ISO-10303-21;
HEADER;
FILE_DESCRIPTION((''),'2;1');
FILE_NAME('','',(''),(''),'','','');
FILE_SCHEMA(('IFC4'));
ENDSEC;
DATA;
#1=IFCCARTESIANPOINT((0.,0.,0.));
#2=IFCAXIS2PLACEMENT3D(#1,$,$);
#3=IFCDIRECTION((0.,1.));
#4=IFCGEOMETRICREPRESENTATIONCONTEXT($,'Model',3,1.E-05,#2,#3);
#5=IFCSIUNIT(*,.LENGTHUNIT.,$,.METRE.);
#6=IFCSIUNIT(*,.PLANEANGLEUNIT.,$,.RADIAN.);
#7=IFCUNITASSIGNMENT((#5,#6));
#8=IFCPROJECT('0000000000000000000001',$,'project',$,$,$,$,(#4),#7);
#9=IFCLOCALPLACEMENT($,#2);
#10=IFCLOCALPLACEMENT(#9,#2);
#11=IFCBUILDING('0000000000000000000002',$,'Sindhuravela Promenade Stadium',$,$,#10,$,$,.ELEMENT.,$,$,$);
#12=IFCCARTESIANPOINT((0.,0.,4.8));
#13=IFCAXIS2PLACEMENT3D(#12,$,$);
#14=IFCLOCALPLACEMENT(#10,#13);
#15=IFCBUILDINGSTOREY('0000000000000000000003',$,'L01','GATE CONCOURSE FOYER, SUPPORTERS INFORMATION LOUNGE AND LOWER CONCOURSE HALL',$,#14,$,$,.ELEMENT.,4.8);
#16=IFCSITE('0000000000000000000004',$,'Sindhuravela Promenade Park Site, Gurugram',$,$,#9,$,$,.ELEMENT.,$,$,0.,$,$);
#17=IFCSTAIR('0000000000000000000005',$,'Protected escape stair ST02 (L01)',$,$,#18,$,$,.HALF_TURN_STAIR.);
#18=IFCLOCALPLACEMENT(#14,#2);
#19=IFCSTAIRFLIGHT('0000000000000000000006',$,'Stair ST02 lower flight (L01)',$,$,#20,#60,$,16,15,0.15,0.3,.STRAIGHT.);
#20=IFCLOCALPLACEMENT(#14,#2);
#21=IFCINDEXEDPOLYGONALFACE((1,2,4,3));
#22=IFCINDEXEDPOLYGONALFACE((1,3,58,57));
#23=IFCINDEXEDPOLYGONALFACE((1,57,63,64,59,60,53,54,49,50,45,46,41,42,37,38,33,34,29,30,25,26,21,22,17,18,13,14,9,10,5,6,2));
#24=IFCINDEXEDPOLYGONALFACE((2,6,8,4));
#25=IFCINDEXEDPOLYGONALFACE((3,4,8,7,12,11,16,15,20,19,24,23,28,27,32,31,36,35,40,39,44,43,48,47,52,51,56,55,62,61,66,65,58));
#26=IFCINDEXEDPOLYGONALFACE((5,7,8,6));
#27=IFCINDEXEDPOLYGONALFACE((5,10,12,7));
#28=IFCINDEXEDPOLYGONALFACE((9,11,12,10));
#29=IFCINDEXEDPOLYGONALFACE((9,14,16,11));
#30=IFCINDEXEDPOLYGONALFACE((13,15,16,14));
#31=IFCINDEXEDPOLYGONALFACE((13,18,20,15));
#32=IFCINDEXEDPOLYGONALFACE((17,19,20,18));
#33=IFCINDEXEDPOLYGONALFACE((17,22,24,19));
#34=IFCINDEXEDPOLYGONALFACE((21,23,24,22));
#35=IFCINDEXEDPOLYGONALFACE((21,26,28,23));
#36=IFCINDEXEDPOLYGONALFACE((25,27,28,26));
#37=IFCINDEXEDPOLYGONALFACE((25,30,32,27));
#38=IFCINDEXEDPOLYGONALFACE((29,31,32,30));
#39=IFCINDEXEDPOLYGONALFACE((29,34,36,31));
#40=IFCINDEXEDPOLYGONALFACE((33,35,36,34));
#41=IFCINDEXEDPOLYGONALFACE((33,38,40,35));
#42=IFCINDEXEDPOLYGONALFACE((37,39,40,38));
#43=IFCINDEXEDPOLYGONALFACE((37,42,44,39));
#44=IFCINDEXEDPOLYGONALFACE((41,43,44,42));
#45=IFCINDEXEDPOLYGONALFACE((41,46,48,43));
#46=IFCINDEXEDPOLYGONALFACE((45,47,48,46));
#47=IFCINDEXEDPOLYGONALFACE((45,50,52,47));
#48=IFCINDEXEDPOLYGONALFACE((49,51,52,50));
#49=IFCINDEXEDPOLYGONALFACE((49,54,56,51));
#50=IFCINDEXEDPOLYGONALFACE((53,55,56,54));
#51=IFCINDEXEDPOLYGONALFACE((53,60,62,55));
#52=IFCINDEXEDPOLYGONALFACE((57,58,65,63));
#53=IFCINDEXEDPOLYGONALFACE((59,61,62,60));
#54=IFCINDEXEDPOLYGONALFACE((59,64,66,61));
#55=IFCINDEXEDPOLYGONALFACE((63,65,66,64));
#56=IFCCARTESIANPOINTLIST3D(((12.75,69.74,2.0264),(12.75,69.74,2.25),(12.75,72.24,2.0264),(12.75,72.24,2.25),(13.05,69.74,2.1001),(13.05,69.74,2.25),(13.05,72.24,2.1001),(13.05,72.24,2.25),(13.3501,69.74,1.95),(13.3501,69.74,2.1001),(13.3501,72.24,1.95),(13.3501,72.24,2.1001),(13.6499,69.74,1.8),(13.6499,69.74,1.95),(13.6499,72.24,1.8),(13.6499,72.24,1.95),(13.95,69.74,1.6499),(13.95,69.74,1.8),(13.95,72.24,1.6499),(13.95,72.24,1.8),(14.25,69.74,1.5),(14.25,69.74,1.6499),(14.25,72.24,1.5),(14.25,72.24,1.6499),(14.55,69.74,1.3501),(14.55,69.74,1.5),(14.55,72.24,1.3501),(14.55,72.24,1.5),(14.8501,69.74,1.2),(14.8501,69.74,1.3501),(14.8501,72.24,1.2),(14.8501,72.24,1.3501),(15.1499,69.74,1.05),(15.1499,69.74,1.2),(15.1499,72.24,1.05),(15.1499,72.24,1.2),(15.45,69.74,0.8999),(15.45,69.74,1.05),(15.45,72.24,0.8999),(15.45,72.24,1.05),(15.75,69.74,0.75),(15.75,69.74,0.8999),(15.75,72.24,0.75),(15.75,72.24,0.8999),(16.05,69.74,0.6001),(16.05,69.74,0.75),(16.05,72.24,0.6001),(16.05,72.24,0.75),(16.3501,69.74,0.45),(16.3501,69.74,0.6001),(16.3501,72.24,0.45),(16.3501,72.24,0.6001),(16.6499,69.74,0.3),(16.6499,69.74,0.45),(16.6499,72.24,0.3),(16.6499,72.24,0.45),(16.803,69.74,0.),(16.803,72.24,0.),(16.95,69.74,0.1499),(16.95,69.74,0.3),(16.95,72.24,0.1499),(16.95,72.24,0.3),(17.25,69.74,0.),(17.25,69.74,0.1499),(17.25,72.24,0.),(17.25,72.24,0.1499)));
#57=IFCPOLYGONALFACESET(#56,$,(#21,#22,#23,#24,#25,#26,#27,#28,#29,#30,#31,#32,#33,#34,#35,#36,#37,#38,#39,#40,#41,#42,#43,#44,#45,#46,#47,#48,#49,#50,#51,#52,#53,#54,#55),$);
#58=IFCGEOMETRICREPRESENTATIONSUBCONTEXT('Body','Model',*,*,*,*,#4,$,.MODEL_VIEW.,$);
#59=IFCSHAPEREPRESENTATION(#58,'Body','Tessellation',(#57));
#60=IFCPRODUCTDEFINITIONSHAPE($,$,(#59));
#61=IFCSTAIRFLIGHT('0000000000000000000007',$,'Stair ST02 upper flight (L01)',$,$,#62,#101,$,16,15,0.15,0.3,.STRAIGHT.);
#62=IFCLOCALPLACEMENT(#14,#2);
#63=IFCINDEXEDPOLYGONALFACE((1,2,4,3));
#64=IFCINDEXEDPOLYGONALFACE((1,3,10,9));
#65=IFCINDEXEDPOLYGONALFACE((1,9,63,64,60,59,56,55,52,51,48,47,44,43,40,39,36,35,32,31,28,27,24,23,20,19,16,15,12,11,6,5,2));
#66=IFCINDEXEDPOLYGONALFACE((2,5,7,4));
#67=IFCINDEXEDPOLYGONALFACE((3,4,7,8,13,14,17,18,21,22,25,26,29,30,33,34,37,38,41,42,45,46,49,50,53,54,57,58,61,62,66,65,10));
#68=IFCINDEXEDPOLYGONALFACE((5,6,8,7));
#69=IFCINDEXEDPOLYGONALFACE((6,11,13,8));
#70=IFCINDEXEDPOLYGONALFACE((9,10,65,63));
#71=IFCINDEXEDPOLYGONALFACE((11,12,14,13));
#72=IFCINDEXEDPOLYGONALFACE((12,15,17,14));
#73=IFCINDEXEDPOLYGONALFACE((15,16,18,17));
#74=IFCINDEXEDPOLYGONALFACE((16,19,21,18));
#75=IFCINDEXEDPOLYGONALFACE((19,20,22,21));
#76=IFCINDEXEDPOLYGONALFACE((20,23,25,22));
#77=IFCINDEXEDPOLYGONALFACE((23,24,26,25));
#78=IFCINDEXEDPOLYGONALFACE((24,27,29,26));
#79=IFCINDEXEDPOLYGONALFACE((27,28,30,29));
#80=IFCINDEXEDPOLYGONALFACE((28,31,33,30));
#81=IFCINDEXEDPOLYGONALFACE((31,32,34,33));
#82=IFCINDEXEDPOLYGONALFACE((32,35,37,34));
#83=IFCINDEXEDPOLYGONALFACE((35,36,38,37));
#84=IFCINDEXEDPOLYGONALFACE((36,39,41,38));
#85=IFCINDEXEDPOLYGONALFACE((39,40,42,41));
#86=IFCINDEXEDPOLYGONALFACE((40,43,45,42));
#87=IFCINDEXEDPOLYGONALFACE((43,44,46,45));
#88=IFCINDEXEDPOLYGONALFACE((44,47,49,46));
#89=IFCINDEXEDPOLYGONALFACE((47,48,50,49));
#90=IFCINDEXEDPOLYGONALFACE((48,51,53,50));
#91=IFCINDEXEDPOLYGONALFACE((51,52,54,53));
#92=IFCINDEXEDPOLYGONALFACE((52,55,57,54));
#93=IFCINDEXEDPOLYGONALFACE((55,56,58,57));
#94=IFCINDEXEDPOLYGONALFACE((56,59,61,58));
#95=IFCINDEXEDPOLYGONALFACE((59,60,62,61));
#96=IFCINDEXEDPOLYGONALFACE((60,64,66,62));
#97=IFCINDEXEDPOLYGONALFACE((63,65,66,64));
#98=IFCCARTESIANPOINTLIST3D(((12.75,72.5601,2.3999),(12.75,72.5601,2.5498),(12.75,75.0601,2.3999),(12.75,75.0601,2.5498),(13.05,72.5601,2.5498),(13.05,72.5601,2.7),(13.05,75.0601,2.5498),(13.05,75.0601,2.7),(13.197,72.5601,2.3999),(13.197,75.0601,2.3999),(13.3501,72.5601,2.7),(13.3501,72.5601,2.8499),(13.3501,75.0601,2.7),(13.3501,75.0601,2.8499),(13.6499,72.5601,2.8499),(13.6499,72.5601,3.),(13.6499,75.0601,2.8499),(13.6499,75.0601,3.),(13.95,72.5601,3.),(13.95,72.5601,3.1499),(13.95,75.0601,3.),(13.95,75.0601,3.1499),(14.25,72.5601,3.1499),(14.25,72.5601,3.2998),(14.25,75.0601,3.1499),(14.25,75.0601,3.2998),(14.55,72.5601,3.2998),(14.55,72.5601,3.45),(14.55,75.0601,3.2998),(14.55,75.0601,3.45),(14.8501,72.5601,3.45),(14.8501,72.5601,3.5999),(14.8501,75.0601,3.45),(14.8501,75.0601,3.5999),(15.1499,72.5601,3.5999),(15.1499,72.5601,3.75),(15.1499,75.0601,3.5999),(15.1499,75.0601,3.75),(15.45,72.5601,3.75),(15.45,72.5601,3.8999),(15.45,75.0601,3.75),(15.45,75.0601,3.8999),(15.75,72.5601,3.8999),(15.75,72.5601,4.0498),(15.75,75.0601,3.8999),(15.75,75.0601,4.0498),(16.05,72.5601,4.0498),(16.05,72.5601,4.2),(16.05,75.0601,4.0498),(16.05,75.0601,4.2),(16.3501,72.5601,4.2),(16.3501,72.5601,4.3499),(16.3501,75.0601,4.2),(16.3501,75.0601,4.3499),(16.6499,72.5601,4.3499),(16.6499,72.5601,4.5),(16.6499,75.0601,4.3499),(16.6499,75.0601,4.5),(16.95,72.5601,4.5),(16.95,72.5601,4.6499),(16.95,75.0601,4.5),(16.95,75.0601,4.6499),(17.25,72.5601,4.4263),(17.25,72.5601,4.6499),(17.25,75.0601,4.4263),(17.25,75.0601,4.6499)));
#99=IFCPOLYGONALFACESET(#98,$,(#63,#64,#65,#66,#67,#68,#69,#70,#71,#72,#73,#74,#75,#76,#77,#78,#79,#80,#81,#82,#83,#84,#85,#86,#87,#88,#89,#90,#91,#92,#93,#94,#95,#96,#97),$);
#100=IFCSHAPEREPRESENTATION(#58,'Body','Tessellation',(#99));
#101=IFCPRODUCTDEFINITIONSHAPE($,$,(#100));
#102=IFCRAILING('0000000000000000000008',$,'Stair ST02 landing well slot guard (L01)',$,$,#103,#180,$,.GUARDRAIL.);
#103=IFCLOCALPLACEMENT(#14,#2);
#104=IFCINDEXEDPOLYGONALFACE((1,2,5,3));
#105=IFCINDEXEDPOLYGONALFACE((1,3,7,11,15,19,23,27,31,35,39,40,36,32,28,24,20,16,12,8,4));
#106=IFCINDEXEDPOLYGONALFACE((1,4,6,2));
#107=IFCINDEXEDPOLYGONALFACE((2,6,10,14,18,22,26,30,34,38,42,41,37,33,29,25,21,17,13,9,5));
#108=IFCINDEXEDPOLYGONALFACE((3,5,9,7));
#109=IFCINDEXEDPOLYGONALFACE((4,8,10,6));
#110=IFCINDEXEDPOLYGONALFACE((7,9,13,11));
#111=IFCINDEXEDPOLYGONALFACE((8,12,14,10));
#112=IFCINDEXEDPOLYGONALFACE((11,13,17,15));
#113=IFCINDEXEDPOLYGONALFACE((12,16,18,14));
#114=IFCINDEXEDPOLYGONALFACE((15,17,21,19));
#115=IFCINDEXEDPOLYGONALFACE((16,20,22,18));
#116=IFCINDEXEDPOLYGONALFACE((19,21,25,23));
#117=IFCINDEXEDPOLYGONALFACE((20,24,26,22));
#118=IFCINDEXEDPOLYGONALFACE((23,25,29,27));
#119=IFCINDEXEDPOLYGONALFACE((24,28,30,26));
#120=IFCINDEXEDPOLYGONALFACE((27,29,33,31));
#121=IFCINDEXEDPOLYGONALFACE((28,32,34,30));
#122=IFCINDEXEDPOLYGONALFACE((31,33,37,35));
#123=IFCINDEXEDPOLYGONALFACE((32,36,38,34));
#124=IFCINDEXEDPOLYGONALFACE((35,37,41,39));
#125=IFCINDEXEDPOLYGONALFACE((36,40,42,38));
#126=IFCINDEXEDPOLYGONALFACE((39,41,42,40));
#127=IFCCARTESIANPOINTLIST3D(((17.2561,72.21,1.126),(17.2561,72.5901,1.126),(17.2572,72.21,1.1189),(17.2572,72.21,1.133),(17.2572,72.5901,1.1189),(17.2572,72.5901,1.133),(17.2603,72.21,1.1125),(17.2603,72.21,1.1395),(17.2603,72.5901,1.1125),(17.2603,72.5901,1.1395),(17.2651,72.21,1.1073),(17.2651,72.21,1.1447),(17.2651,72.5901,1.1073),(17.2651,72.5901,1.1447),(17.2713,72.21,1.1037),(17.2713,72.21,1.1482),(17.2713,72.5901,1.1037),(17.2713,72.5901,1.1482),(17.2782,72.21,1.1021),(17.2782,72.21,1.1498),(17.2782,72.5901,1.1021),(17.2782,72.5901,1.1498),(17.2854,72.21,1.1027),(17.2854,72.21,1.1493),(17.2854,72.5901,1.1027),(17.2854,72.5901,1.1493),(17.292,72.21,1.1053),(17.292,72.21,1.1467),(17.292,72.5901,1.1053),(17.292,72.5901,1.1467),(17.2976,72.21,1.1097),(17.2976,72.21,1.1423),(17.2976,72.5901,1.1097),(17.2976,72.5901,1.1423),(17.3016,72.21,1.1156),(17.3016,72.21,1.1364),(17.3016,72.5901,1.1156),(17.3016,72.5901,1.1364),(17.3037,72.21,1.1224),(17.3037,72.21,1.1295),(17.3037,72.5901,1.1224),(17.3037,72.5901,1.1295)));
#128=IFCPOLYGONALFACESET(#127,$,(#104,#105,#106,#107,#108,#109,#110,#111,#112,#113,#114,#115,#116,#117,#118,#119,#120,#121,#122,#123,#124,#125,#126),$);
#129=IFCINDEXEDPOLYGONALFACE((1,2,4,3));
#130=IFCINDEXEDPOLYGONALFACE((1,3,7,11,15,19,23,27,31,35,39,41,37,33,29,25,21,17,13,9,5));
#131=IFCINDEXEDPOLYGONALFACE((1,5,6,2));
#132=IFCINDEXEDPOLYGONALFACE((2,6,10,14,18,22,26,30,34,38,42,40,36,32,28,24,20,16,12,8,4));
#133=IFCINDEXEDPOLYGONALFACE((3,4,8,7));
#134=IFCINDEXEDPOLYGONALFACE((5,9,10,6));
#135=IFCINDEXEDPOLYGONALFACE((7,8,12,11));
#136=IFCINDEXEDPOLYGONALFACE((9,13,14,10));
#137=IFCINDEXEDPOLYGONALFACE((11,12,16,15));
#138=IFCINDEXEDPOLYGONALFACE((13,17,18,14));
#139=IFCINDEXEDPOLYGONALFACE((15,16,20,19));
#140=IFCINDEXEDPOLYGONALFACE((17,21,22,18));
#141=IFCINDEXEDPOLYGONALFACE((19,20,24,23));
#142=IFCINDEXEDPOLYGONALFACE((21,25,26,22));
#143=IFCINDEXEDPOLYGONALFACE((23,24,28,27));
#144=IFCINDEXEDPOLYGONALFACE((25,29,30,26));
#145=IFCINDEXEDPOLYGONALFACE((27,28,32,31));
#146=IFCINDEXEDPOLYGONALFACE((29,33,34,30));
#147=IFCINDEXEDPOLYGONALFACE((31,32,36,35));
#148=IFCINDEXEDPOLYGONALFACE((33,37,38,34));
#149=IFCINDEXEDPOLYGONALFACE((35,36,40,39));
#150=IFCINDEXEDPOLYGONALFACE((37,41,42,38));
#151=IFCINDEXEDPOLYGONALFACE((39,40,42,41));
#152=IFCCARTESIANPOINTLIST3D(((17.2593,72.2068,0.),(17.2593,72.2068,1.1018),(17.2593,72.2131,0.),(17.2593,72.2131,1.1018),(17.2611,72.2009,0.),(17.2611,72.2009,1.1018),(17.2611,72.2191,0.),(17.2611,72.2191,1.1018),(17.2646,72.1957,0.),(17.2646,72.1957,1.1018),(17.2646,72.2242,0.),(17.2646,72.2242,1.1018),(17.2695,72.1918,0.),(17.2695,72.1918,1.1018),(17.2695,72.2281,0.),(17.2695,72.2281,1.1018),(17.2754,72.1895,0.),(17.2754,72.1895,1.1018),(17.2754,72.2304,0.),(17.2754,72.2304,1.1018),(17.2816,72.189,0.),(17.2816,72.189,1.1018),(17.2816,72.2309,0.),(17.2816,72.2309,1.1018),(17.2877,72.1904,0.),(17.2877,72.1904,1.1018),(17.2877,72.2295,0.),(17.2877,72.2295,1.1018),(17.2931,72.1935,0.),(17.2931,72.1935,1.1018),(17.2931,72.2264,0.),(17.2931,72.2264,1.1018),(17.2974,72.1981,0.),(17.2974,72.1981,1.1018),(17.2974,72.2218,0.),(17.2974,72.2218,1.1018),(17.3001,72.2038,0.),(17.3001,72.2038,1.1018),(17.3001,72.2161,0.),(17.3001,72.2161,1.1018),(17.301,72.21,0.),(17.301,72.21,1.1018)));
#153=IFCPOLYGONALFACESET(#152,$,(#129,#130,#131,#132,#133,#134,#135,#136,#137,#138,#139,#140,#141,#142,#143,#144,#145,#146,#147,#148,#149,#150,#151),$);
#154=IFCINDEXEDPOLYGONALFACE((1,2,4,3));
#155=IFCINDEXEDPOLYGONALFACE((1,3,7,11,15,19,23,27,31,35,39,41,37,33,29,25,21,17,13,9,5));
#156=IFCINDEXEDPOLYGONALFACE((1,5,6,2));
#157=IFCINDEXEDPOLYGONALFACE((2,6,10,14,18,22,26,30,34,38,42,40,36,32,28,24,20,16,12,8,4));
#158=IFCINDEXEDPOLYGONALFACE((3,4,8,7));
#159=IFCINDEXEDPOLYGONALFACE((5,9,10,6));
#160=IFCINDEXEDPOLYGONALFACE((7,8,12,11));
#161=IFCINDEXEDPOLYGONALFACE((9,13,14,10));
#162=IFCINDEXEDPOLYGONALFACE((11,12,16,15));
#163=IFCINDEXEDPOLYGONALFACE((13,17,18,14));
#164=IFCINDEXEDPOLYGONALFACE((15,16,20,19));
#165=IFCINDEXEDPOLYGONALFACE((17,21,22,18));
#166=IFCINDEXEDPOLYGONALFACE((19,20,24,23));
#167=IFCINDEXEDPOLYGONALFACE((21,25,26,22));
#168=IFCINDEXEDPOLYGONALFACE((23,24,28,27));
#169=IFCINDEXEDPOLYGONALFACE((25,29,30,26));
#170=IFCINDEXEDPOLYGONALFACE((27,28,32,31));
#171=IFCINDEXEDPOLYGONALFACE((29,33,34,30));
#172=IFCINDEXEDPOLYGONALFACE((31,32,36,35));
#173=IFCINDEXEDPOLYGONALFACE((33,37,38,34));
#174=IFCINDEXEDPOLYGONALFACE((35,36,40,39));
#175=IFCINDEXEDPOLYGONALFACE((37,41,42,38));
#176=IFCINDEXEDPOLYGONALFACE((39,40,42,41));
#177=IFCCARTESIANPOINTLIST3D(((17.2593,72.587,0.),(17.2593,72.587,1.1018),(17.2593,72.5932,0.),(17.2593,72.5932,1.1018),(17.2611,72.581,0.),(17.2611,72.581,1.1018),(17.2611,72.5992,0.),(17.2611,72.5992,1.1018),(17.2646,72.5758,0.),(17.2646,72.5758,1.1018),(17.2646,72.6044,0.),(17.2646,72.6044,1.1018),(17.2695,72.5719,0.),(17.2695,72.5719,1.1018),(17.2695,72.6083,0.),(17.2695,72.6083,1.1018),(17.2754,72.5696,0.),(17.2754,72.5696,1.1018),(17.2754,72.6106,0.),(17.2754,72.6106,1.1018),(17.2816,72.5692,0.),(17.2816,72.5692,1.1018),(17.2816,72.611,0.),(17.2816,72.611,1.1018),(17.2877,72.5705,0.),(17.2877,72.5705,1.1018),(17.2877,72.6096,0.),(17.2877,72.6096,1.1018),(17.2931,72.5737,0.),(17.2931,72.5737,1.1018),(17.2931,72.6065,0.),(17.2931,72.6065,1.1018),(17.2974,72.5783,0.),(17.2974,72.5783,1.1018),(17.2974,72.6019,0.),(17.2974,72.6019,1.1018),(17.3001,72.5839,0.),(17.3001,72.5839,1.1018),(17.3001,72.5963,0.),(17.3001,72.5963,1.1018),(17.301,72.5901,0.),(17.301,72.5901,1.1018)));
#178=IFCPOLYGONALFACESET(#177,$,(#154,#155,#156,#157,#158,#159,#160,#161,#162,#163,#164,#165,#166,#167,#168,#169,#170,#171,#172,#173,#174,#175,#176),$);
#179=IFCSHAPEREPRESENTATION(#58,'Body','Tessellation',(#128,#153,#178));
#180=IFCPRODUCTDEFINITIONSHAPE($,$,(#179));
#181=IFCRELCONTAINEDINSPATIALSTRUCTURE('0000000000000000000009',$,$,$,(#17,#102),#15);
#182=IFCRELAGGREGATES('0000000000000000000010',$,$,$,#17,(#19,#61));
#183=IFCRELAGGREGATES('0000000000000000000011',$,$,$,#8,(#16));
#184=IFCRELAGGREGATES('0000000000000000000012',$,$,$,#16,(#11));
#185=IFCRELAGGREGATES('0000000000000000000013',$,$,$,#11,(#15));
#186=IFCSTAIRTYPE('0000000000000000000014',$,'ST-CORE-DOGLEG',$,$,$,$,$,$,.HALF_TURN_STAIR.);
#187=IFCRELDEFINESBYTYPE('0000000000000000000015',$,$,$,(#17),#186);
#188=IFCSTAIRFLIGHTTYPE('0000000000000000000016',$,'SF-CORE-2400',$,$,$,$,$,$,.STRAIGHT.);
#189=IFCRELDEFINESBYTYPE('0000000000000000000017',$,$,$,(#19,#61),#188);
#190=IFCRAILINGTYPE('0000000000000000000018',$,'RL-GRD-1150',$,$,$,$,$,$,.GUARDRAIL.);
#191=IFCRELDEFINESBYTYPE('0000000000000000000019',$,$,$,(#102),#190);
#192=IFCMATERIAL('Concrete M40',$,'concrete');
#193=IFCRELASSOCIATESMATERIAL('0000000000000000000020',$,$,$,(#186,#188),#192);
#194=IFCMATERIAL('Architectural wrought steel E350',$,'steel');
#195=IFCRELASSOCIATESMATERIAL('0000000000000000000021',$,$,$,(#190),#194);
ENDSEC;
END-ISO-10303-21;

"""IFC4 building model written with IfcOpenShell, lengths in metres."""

from ifc_helpers import new_model, si_unit, direction, frame, origin, origin_2d, place, context, subcontext, project, spatial, polyline, circle, outline, extrude, material, type_object, element, aggregate, save


model = new_model("IFC4")

# Units and contexts
model_context = context("Model", 3, precision=1e-05, world=origin(), true_north=direction((0.0, 1.0)))
body_context = subcontext(model_context, "Body", "Model", "MODEL_VIEW")
ifc_project = project(units=[si_unit("LENGTHUNIT", "METRE"), si_unit("PLANEANGLEUNIT", "RADIAN")], contexts=[model_context])

# Site, building, storey
site_placement = place(None, origin())
site = spatial("IfcSite", under=ifc_project, at=site_placement, Name="Sindhuravela Promenade Park Site, Gurugram", CompositionType="ELEMENT", RefElevation=0.0)
building_placement = place(site_placement, origin())
building = spatial("IfcBuilding", under=site, at=building_placement, Name="Sindhuravela Promenade Stadium", CompositionType="ELEMENT")
storey_placement = place(building_placement, frame((0.0, 0.0, 4.8)))
storey = spatial("IfcBuildingStorey", under=building, at=storey_placement, Name="L01", Description="GATE CONCOURSE FOYER, SUPPORTERS INFORMATION LOUNGE AND LOWER CONCOURSE HALL", CompositionType="ELEMENT", Elevation=4.8)

# Shared definitions
ifc_material_1 = material(Name="Concrete M40", Category="concrete")

# Shared definitions
ifc_material_2 = material(Name="Architectural wrought steel E350", Category="steel")

# Stair, stair flights
stair_type = type_object("IfcStairType", Name="ST-CORE-DOGLEG", PredefinedType="HALF_TURN_STAIR", material=ifc_material_1)
stair_placement = place(storey_placement, origin())
stair = element("IfcStair", 1, at=stair_placement, inside=storey, type_object=stair_type, Name="Protected escape stair ST02 (L01)", PredefinedType="HALF_TURN_STAIR")
stair_flight_type = type_object("IfcStairFlightType", Name="SF-CORE-2400", PredefinedType="STRAIGHT", material=ifc_material_1)
stair_flight_1_placement = place(storey_placement, frame((17.25, 70.99, 0.0), z_axis=(0.0, 0.0, 1.0), x_axis=(-1.0, 0.0, 0.0)))
stair_flight_1 = element("IfcStairFlight", 2, at=stair_flight_1_placement, type_object=stair_flight_type, Name="Stair ST02 lower flight (L01)", NumberOfRisers=16, NumberOfTreads=15, PredefinedType="STRAIGHT", RiserHeight=0.15, TreadLength=0.3, context=body_context, shape_type="SweptSolid", body=[
    extrude(outline(polyline([(0.0, 0.0), (0.0, 0.1499), (0.3, 0.1499), (0.3, 0.3), (0.6001, 0.3), (0.6001, 0.45), (0.8999, 0.45), (0.8999, 0.6001), (1.2, 0.6001), (1.2, 0.75), (1.5, 0.75), (1.5, 0.8999), (1.8, 0.8999), (1.8, 1.05), (2.1001, 1.05), (2.1001, 1.2), (2.3999, 1.2), (2.3999, 1.3501), (2.7, 1.3501), (2.7, 1.5), (3.0, 1.5), (3.0, 1.6499), (3.3, 1.6499), (3.3, 1.8), (3.6001, 1.8), (3.6001, 1.95), (3.8999, 1.95), (3.8999, 2.1001), (4.2, 2.1001), (4.2, 2.25), (4.5, 2.25), (4.5, 2.3999), (4.5, 2.0264), (0.447, 0.0), (0.0, 0.0)])), frame((0.0, 1.25, 0.0), z_axis=(0.0, -1.0, 0.0), x_axis=(1.0, 0.0, 0.0)), (0.0, 0.0, 1.0), 2.5),
])
stair_flight_2_placement = place(storey_placement, frame((12.75, 73.8101, 2.3999), z_axis=(0.0, 0.0, 1.0), x_axis=(1.0, 0.0, 0.0)))
stair_flight_2 = element("IfcStairFlight", 3, at=stair_flight_2_placement, type_object=stair_flight_type, Name="Stair ST02 upper flight (L01)", NumberOfRisers=16, NumberOfTreads=15, PredefinedType="STRAIGHT", RiserHeight=0.15, TreadLength=0.3, context=body_context, shape_type="SweptSolid", body=[
    extrude(outline(polyline([(0.0, 0.0), (0.0, 0.1499), (0.3, 0.1499), (0.3, 0.3), (0.6001, 0.3), (0.6001, 0.45), (0.8999, 0.45), (0.8999, 0.6001), (1.2, 0.6001), (1.2, 0.75), (1.5, 0.75), (1.5, 0.8999), (1.8, 0.8999), (1.8, 1.05), (2.1001, 1.05), (2.1001, 1.2), (2.3999, 1.2), (2.3999, 1.3501), (2.7, 1.3501), (2.7, 1.5), (3.0, 1.5), (3.0, 1.6499), (3.3, 1.6499), (3.3, 1.8), (3.6001, 1.8), (3.6001, 1.95), (3.8999, 1.95), (3.8999, 2.1001), (4.2, 2.1001), (4.2, 2.25), (4.5, 2.25), (4.5, 2.3999), (4.5, 2.0264), (0.447, 0.0), (0.0, 0.0)])), frame((0.0, 1.25, 0.0), z_axis=(0.0, -1.0, 0.0), x_axis=(1.0, 0.0, 0.0)), (0.0, 0.0, 1.0), 2.5),
])
aggregate(stair, [stair_flight_1, stair_flight_2])

# Railing
railing_type_1 = type_object("IfcRailingType", Name="RL-GRD-1150", PredefinedType="GUARDRAIL", material=ifc_material_2)
railing_1_placement = place(storey_placement, frame((17.28, 72.21, 0.0)))
element("IfcRailing", 4, at=railing_1_placement, inside=storey, type_object=railing_type_1, Name="Stair ST02 landing well slot guard (L01)", PredefinedType="GUARDRAIL", context=body_context, shape_type="SweptSolid", body=[
    extrude(circle(Radius=0.0239, at=origin_2d()), frame((0.0, 0.0, 1.126), z_axis=(0.0, 1.0, 0.0), x_axis=(-1.0, 0.0, 0.0)), (0.0, 0.0, 1.0), 0.3801),
    extrude(circle(Radius=0.021, at=origin_2d()), origin(), (0.0, 0.0, 1.0), 1.1018),
    extrude(circle(Radius=0.021, at=origin_2d()), frame((0.0, 0.3801, 0.0)), (0.0, 0.0, 1.0), 1.1018),
])

save(model, "model.ifc")
